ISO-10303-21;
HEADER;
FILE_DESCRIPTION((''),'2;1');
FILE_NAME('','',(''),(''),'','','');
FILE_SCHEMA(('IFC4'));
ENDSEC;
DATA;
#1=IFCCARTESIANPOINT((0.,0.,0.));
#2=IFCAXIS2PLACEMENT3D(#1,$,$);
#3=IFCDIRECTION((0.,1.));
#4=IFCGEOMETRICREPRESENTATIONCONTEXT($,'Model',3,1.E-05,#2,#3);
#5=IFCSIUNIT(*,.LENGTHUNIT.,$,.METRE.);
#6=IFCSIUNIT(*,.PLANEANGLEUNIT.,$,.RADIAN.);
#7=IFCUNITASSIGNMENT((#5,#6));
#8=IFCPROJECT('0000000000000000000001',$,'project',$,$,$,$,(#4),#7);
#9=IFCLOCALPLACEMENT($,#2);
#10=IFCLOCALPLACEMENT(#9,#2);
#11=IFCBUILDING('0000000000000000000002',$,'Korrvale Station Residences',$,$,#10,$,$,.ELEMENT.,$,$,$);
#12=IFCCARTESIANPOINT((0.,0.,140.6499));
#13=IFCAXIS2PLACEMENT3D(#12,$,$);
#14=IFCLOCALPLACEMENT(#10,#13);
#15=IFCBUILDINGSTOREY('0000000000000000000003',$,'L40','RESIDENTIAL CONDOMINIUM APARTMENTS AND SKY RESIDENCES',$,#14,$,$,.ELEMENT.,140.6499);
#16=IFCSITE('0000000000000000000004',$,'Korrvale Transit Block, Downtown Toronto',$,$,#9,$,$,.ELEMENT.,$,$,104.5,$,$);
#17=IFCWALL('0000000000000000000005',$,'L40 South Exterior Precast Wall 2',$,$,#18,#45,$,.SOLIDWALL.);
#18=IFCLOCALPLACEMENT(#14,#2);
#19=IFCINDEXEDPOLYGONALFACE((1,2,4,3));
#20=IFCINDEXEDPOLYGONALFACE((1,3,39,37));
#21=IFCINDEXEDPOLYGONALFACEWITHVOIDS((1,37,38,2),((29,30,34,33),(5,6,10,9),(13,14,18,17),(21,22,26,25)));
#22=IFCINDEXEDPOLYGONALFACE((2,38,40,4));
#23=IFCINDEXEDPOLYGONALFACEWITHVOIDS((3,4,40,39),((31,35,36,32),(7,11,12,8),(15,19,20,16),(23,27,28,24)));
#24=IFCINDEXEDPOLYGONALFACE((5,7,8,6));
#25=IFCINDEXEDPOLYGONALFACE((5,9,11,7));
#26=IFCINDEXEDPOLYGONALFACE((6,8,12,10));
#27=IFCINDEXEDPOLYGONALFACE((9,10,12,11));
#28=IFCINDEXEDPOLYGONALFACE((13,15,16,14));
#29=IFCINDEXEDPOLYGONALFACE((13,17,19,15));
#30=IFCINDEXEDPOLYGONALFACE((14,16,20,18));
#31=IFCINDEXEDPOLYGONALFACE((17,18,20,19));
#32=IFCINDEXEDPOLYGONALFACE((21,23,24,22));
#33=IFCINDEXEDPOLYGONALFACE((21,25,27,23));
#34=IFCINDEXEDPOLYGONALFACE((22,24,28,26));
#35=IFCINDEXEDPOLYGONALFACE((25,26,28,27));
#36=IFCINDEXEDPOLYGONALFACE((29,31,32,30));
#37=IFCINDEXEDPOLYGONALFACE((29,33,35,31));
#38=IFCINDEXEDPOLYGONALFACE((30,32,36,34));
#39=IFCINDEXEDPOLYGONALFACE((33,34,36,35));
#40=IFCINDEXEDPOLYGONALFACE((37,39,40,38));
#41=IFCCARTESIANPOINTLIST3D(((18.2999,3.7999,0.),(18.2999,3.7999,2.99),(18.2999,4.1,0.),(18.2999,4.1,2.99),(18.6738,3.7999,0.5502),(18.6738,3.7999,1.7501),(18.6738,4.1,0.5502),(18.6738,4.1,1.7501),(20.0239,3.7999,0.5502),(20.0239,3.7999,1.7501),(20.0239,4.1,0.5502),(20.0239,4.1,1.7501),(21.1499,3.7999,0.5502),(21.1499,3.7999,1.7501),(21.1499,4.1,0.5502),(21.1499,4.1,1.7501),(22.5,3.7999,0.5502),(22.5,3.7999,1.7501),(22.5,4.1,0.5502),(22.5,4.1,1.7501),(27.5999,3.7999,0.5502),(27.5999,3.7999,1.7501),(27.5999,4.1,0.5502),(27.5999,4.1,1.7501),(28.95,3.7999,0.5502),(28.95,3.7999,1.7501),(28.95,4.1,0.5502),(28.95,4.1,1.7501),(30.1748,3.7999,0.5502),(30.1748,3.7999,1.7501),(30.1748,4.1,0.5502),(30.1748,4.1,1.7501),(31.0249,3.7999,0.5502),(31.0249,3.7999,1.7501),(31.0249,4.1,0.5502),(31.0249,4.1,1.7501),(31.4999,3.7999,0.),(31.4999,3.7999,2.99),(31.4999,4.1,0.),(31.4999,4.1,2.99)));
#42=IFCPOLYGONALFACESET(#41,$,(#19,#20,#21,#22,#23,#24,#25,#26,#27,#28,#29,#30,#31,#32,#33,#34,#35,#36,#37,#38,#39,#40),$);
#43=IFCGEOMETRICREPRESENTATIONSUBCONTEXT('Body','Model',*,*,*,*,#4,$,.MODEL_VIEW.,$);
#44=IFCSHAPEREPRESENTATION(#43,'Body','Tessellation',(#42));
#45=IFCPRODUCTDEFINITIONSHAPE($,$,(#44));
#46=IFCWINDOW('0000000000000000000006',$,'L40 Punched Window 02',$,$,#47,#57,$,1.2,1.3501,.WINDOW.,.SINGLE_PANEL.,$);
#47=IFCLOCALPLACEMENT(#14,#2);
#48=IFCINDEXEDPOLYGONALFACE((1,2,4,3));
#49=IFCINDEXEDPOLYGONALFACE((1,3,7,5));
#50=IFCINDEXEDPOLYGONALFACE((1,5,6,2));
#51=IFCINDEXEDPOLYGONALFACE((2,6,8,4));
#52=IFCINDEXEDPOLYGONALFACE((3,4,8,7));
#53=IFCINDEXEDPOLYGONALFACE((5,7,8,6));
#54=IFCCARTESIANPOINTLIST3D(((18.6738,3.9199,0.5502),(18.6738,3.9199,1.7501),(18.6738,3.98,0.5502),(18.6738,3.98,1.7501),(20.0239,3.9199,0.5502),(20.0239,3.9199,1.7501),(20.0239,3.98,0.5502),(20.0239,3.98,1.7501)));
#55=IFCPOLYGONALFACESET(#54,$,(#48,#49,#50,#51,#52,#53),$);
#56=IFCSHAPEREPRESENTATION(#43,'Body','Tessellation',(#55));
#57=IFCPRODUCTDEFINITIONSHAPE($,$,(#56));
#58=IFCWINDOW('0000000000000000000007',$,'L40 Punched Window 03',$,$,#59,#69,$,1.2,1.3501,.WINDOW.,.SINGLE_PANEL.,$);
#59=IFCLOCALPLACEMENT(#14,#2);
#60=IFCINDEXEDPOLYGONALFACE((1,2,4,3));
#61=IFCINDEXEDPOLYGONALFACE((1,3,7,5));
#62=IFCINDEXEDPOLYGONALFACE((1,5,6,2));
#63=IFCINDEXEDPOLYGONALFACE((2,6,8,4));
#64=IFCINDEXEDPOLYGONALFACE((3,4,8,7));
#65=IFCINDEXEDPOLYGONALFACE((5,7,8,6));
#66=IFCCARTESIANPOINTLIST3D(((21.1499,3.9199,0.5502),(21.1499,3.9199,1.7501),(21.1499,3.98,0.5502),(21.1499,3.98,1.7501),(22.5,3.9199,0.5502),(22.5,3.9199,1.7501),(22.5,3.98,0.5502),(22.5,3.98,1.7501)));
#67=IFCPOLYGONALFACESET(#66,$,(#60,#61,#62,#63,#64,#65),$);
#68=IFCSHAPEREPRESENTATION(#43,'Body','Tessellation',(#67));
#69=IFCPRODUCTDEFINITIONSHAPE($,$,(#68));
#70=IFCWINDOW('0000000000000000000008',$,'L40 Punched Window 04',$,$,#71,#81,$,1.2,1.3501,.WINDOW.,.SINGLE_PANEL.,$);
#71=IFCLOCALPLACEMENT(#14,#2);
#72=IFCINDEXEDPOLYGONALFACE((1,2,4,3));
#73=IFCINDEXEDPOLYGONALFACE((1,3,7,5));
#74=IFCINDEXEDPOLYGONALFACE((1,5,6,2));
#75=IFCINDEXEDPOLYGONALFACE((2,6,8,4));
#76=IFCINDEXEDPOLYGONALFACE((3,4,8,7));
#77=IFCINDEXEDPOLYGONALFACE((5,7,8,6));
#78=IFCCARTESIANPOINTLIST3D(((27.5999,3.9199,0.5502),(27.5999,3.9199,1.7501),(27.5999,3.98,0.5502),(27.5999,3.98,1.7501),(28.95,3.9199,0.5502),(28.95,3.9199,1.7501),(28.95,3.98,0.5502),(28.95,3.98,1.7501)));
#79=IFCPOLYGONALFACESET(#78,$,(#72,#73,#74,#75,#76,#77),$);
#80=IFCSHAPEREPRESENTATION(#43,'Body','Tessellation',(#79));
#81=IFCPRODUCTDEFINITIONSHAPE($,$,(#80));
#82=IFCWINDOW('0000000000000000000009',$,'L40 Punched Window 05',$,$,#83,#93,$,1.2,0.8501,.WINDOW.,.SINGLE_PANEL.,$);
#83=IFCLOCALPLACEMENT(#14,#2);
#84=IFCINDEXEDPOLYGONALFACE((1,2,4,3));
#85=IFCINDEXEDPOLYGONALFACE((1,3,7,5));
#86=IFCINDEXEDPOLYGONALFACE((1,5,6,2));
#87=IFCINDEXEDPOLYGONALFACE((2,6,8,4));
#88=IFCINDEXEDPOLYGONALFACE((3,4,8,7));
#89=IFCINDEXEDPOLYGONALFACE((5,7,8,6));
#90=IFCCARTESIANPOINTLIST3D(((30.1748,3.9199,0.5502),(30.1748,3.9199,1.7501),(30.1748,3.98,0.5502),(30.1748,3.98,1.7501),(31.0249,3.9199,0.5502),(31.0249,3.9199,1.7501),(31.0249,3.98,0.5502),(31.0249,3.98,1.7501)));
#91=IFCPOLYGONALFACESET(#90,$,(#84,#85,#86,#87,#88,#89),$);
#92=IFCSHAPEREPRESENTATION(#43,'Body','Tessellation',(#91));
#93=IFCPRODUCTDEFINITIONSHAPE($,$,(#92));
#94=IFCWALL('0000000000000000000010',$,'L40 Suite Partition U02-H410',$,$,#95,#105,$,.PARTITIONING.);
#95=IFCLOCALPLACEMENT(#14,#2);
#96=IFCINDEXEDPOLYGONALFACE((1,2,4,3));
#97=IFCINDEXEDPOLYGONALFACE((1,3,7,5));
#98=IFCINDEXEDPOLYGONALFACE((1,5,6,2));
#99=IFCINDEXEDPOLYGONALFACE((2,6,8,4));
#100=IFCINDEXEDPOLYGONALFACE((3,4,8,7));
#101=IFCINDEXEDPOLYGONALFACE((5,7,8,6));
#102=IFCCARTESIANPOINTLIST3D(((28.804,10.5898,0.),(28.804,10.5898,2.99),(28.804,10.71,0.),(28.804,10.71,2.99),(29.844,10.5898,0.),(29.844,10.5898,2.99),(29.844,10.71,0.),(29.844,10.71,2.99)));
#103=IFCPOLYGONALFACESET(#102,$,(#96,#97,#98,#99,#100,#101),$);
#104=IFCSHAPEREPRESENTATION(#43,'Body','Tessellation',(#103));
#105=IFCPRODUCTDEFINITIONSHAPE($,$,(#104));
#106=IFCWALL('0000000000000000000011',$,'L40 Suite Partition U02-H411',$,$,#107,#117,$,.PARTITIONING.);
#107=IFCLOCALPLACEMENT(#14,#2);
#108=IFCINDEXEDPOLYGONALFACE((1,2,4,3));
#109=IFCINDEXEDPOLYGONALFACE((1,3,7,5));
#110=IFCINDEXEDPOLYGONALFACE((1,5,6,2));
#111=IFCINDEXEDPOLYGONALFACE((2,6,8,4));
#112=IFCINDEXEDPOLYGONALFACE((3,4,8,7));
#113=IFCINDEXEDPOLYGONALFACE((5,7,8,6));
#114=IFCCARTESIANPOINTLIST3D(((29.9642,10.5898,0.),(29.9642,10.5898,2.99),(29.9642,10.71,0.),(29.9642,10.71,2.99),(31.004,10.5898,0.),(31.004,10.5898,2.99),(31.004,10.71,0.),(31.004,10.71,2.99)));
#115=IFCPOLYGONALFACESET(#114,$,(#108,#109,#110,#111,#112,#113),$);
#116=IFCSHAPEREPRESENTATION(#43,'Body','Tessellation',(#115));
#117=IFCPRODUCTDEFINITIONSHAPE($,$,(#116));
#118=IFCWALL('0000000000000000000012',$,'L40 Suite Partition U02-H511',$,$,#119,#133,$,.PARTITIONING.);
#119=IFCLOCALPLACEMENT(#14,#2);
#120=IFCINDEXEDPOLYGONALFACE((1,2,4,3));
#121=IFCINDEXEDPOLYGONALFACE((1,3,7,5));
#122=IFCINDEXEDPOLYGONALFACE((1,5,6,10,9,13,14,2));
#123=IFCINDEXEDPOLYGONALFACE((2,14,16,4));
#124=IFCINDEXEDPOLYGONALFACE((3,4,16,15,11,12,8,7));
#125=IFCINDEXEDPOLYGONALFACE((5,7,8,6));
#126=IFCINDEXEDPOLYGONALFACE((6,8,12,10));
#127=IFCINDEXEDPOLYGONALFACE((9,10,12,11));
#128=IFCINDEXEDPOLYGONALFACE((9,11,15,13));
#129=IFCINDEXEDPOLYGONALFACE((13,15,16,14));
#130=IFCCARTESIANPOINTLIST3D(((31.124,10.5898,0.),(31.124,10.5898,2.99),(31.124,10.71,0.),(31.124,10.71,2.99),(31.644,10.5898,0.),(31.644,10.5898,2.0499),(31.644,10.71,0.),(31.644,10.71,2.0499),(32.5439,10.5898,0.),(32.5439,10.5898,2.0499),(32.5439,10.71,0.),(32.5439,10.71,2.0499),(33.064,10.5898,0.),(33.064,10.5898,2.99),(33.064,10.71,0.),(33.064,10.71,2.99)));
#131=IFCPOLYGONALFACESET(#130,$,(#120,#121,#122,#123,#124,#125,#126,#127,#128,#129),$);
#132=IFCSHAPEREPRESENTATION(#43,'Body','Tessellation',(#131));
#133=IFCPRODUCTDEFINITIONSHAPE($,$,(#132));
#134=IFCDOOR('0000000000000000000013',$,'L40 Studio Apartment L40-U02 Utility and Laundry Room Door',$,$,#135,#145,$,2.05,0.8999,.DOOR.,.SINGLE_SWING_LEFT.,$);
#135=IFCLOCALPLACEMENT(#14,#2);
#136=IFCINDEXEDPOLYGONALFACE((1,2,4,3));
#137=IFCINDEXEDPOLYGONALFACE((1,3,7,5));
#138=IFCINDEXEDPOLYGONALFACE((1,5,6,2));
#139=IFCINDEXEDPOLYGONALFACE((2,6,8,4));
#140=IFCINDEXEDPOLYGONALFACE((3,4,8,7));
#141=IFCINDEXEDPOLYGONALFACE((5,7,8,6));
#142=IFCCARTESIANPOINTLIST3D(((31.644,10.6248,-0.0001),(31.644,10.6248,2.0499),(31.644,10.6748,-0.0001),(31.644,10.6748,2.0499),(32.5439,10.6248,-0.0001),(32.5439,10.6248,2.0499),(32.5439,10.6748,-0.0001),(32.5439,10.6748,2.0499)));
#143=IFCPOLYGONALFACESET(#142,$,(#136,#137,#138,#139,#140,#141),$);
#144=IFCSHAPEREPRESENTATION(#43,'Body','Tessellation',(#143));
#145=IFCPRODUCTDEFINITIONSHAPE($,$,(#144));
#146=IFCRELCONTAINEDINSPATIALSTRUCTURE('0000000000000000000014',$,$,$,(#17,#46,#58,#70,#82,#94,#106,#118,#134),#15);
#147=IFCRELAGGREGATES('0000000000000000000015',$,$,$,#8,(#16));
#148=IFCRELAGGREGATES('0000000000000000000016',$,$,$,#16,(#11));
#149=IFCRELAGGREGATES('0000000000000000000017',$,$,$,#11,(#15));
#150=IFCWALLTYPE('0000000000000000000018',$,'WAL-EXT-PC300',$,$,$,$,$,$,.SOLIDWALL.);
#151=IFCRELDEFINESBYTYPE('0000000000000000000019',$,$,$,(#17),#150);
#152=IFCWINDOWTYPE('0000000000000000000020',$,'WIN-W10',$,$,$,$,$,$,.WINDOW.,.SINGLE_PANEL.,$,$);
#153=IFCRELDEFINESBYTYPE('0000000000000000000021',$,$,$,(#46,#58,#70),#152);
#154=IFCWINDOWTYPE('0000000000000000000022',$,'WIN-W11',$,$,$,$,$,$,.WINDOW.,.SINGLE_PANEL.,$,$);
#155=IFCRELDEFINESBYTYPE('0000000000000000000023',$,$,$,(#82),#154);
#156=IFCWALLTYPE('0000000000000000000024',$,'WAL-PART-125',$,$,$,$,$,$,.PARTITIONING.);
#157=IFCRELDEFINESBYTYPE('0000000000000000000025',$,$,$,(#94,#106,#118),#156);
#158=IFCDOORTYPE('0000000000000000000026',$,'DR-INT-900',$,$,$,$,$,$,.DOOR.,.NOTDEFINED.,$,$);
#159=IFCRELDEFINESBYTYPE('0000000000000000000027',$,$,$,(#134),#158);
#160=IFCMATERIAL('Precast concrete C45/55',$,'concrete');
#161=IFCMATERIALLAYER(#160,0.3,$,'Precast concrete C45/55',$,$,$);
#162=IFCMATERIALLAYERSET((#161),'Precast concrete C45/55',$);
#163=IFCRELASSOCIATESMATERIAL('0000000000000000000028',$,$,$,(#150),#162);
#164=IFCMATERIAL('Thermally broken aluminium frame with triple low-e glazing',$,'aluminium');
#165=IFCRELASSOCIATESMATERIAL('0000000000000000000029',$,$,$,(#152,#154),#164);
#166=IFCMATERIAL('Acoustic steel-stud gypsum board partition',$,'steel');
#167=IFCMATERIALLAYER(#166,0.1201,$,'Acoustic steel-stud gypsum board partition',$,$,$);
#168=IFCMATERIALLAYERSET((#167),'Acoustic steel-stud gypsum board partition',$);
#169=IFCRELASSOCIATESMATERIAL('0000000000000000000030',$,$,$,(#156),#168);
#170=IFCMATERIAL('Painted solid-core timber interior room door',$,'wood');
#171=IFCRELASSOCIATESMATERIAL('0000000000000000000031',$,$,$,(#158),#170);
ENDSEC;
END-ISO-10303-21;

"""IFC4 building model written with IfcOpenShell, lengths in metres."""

from ifc_helpers import new_model, si_unit, direction, frame, frame_2d, origin, place, context, subcontext, project, spatial, rectangle, extrude, material, layer, layer_set, type_object, element, fill, save


model = new_model("IFC4")

# Units and contexts
model_context = context("Model", 3, precision=1e-05, world=origin(), true_north=direction((0.0, 1.0)))
body_context = subcontext(model_context, "Body", "Model", "MODEL_VIEW")
ifc_project = project(units=[si_unit("LENGTHUNIT", "METRE"), si_unit("PLANEANGLEUNIT", "RADIAN")], contexts=[model_context])

# Site, building, storey
site_placement = place(None, origin())
site = spatial("IfcSite", under=ifc_project, at=site_placement, Name="Korrvale Transit Block, Downtown Toronto", CompositionType="ELEMENT", RefElevation=104.5)
building_placement = place(site_placement, origin())
building = spatial("IfcBuilding", under=site, at=building_placement, Name="Korrvale Station Residences", CompositionType="ELEMENT")
storey_placement = place(building_placement, frame((0.0, 0.0, 140.6499)))
storey = spatial("IfcBuildingStorey", under=building, at=storey_placement, Name="L40", Description="RESIDENTIAL CONDOMINIUM APARTMENTS AND SKY RESIDENCES", CompositionType="ELEMENT", Elevation=140.6499)

# Shared definitions
ifc_material_1 = material(Name="Precast concrete C45/55", Category="concrete")

# Wall, openings, windows
ifc_layer_1 = layer(ifc_material_1, 0.3, Name="Precast concrete C45/55")
ifc_layer_set_1 = layer_set([ifc_layer_1], Name="Precast concrete C45/55")
wall_type_1 = type_object("IfcWallType", Name="WAL-EXT-PC300", PredefinedType="SOLIDWALL", material=ifc_layer_set_1)
wall_1_placement = place(storey_placement, frame((31.5, 3.95, 0.0), z_axis=(0.0, 0.0, 1.0), x_axis=(-1.0, 0.0, 0.0)))
wall_1 = element("IfcWall", 1, at=wall_1_placement, inside=storey, type_object=wall_type_1, Name="L40 South Exterior Precast Wall 2", PredefinedType="SOLIDWALL", context=body_context, shape_type="SweptSolid", body=[
    extrude(rectangle(XDim=13.2, YDim=0.3, at=frame_2d((6.6001, 0.0))), origin(), (0.0, 0.0, 1.0), 2.99),
])
opening_1_placement = place(wall_1_placement, frame((11.4761, 0.0, 0.55)))
opening_1 = element("IfcOpeningElement", 2, at=opening_1_placement, cuts=wall_1, PredefinedType="OPENING", context=body_context, shape_type="SweptSolid", body=[
    extrude(rectangle(XDim=1.3501, YDim=1.2, at=frame_2d((0.675, 0.6001))), frame((0.0, 0.1602, 0.0), z_axis=(0.0, -1.0, 0.0), x_axis=(1.0, 0.0, 0.0)), (0.0, 0.0, 1.0), 0.3201),
])
opening_2_placement = place(wall_1_placement, frame((9.0, 0.0, 0.55)))
opening_2 = element("IfcOpeningElement", 3, at=opening_2_placement, cuts=wall_1, PredefinedType="OPENING", context=body_context, shape_type="SweptSolid", body=[
    extrude(rectangle(XDim=1.3501, YDim=1.2, at=frame_2d((0.675, 0.6001))), frame((0.0, 0.1602, 0.0), z_axis=(0.0, -1.0, 0.0), x_axis=(1.0, 0.0, 0.0)), (0.0, 0.0, 1.0), 0.3201),
])
opening_3_placement = place(wall_1_placement, frame((2.55, 0.0, 0.55)))
opening_3 = element("IfcOpeningElement", 4, at=opening_3_placement, cuts=wall_1, PredefinedType="OPENING", context=body_context, shape_type="SweptSolid", body=[
    extrude(rectangle(XDim=1.3501, YDim=1.2, at=frame_2d((0.675, 0.6001))), frame((0.0, 0.1602, 0.0), z_axis=(0.0, -1.0, 0.0), x_axis=(1.0, 0.0, 0.0)), (0.0, 0.0, 1.0), 0.3201),
])
opening_4_placement = place(wall_1_placement, frame((0.4751, 0.0, 0.55)))
opening_4 = element("IfcOpeningElement", 5, at=opening_4_placement, cuts=wall_1, PredefinedType="OPENING", context=body_context, shape_type="SweptSolid", body=[
    extrude(rectangle(XDim=0.8501, YDim=1.2, at=frame_2d((0.425, 0.6001))), frame((0.0, 0.1602, 0.0), z_axis=(0.0, -1.0, 0.0), x_axis=(1.0, 0.0, 0.0)), (0.0, 0.0, 1.0), 0.3201),
])
ifc_material_2 = material(Name="Thermally broken aluminium frame with triple low-e glazing", Category="aluminium")
window_type_1 = type_object("IfcWindowType", Name="WIN-W10", PartitioningType="SINGLE_PANEL", PredefinedType="WINDOW", material=ifc_material_2)
window_1_placement = place(opening_1_placement, origin())
window_1 = element("IfcWindow", 6, at=window_1_placement, inside=storey, type_object=window_type_1, Name="L40 Punched Window 02", OverallHeight=1.2, OverallWidth=1.3501, PartitioningType="SINGLE_PANEL", PredefinedType="WINDOW", context=body_context, shape_type="SweptSolid", body=[
    extrude(rectangle(XDim=1.3501, YDim=1.2, at=frame_2d((0.675, 0.6001))), frame((0.0, 0.03, 0.0), z_axis=(0.0, -1.0, 0.0), x_axis=(1.0, 0.0, 0.0)), (0.0, 0.0, 1.0), 0.0601),
])
fill(opening_1, window_1)
window_2_placement = place(opening_2_placement, origin())
window_2 = element("IfcWindow", 7, at=window_2_placement, inside=storey, type_object=window_type_1, Name="L40 Punched Window 03", OverallHeight=1.2, OverallWidth=1.3501, PartitioningType="SINGLE_PANEL", PredefinedType="WINDOW", context=body_context, shape_type="SweptSolid", body=[
    extrude(rectangle(XDim=1.3501, YDim=1.2, at=frame_2d((0.675, 0.6001))), frame((0.0, 0.03, 0.0), z_axis=(0.0, -1.0, 0.0), x_axis=(1.0, 0.0, 0.0)), (0.0, 0.0, 1.0), 0.0601),
])
fill(opening_2, window_2)
window_3_placement = place(opening_3_placement, origin())
window_3 = element("IfcWindow", 8, at=window_3_placement, inside=storey, type_object=window_type_1, Name="L40 Punched Window 04", OverallHeight=1.2, OverallWidth=1.3501, PartitioningType="SINGLE_PANEL", PredefinedType="WINDOW", context=body_context, shape_type="SweptSolid", body=[
    extrude(rectangle(XDim=1.3501, YDim=1.2, at=frame_2d((0.675, 0.6001))), frame((0.0, 0.03, 0.0), z_axis=(0.0, -1.0, 0.0), x_axis=(1.0, 0.0, 0.0)), (0.0, 0.0, 1.0), 0.0601),
])
fill(opening_3, window_3)
window_type_2 = type_object("IfcWindowType", Name="WIN-W11", PartitioningType="SINGLE_PANEL", PredefinedType="WINDOW", material=ifc_material_2)
window_4_placement = place(opening_4_placement, origin())
window_4 = element("IfcWindow", 9, at=window_4_placement, inside=storey, type_object=window_type_2, Name="L40 Punched Window 05", OverallHeight=1.2, OverallWidth=0.8501, PartitioningType="SINGLE_PANEL", PredefinedType="WINDOW", context=body_context, shape_type="SweptSolid", body=[
    extrude(rectangle(XDim=0.8501, YDim=1.2, at=frame_2d((0.425, 0.6001))), frame((0.0, 0.03, 0.0), z_axis=(0.0, -1.0, 0.0), x_axis=(1.0, 0.0, 0.0)), (0.0, 0.0, 1.0), 0.0601),
])
fill(opening_4, window_4)

# Walls
ifc_material_3 = material(Name="Acoustic steel-stud gypsum board partition", Category="steel")
ifc_layer_2 = layer(ifc_material_3, 0.1201, Name="Acoustic steel-stud gypsum board partition")
ifc_layer_set_2 = layer_set([ifc_layer_2], Name="Acoustic steel-stud gypsum board partition")
wall_type_2 = type_object("IfcWallType", Name="WAL-PART-125", PredefinedType="PARTITIONING", material=ifc_layer_set_2)
wall_2_placement = place(storey_placement, frame((28.804, 10.6499, 0.0), z_axis=(0.0, 0.0, 1.0), x_axis=(1.0, 0.0, 0.0)))
element("IfcWall", 10, at=wall_2_placement, inside=storey, type_object=wall_type_2, Name="L40 Suite Partition U02-H410", PredefinedType="PARTITIONING", context=body_context, shape_type="SweptSolid", body=[
    extrude(rectangle(XDim=1.04, YDim=0.1201, at=frame_2d((0.52, 0.0))), origin(), (0.0, 0.0, 1.0), 2.99),
])
wall_3_placement = place(storey_placement, frame((29.9641, 10.6499, 0.0), z_axis=(0.0, 0.0, 1.0), x_axis=(1.0, 0.0, 0.0)))
element("IfcWall", 11, at=wall_3_placement, inside=storey, type_object=wall_type_2, Name="L40 Suite Partition U02-H411", PredefinedType="PARTITIONING", context=body_context, shape_type="SweptSolid", body=[
    extrude(rectangle(XDim=1.0398, YDim=0.1201, at=frame_2d((0.52, 0.0))), origin(), (0.0, 0.0, 1.0), 2.99),
])

# Wall, opening, door
wall_4_placement = place(storey_placement, frame((31.124, 10.6499, 0.0), z_axis=(0.0, 0.0, 1.0), x_axis=(1.0, 0.0, 0.0)))
wall_4 = element("IfcWall", 12, at=wall_4_placement, inside=storey, type_object=wall_type_2, Name="L40 Suite Partition U02-H511", PredefinedType="PARTITIONING", context=body_context, shape_type="SweptSolid", body=[
    extrude(rectangle(XDim=1.9399, YDim=0.1201, at=frame_2d((0.97, 0.0))), origin(), (0.0, 0.0, 1.0), 2.99),
])
opening_5_placement = place(wall_4_placement, frame((0.52, 0.0, 0.0)))
opening_5 = element("IfcOpeningElement", 13, at=opening_5_placement, cuts=wall_4, PredefinedType="OPENING", context=body_context, shape_type="SweptSolid", body=[
    extrude(rectangle(XDim=0.8999, YDim=2.05, at=frame_2d((0.45, 1.0249))), frame((0.0, 0.0701, 0.0), z_axis=(0.0, -1.0, 0.0), x_axis=(1.0, 0.0, 0.0)), (0.0, 0.0, 1.0), 0.1401),
])
ifc_material_4 = material(Name="Painted solid-core timber interior room door", Category="wood")
door_type = type_object("IfcDoorType", Name="DR-INT-900", OperationType="NOTDEFINED", PredefinedType="DOOR", material=ifc_material_4)
door_1_placement = place(opening_5_placement, origin())
door_1 = element("IfcDoor", 14, at=door_1_placement, inside=storey, type_object=door_type, Name="L40 Studio Apartment L40-U02 Utility and Laundry Room Door", OperationType="SINGLE_SWING_LEFT", OverallHeight=2.05, OverallWidth=0.8999, PredefinedType="DOOR", context=body_context, shape_type="SweptSolid", body=[
    extrude(rectangle(XDim=0.8999, YDim=2.05, at=frame_2d((0.45, 1.0249))), frame((0.0, 0.0249, 0.0), z_axis=(0.0, -1.0, 0.0), x_axis=(1.0, 0.0, 0.0)), (0.0, 0.0, 1.0), 0.05),
])
fill(opening_5, door_1)

save(model, "model.ifc")
